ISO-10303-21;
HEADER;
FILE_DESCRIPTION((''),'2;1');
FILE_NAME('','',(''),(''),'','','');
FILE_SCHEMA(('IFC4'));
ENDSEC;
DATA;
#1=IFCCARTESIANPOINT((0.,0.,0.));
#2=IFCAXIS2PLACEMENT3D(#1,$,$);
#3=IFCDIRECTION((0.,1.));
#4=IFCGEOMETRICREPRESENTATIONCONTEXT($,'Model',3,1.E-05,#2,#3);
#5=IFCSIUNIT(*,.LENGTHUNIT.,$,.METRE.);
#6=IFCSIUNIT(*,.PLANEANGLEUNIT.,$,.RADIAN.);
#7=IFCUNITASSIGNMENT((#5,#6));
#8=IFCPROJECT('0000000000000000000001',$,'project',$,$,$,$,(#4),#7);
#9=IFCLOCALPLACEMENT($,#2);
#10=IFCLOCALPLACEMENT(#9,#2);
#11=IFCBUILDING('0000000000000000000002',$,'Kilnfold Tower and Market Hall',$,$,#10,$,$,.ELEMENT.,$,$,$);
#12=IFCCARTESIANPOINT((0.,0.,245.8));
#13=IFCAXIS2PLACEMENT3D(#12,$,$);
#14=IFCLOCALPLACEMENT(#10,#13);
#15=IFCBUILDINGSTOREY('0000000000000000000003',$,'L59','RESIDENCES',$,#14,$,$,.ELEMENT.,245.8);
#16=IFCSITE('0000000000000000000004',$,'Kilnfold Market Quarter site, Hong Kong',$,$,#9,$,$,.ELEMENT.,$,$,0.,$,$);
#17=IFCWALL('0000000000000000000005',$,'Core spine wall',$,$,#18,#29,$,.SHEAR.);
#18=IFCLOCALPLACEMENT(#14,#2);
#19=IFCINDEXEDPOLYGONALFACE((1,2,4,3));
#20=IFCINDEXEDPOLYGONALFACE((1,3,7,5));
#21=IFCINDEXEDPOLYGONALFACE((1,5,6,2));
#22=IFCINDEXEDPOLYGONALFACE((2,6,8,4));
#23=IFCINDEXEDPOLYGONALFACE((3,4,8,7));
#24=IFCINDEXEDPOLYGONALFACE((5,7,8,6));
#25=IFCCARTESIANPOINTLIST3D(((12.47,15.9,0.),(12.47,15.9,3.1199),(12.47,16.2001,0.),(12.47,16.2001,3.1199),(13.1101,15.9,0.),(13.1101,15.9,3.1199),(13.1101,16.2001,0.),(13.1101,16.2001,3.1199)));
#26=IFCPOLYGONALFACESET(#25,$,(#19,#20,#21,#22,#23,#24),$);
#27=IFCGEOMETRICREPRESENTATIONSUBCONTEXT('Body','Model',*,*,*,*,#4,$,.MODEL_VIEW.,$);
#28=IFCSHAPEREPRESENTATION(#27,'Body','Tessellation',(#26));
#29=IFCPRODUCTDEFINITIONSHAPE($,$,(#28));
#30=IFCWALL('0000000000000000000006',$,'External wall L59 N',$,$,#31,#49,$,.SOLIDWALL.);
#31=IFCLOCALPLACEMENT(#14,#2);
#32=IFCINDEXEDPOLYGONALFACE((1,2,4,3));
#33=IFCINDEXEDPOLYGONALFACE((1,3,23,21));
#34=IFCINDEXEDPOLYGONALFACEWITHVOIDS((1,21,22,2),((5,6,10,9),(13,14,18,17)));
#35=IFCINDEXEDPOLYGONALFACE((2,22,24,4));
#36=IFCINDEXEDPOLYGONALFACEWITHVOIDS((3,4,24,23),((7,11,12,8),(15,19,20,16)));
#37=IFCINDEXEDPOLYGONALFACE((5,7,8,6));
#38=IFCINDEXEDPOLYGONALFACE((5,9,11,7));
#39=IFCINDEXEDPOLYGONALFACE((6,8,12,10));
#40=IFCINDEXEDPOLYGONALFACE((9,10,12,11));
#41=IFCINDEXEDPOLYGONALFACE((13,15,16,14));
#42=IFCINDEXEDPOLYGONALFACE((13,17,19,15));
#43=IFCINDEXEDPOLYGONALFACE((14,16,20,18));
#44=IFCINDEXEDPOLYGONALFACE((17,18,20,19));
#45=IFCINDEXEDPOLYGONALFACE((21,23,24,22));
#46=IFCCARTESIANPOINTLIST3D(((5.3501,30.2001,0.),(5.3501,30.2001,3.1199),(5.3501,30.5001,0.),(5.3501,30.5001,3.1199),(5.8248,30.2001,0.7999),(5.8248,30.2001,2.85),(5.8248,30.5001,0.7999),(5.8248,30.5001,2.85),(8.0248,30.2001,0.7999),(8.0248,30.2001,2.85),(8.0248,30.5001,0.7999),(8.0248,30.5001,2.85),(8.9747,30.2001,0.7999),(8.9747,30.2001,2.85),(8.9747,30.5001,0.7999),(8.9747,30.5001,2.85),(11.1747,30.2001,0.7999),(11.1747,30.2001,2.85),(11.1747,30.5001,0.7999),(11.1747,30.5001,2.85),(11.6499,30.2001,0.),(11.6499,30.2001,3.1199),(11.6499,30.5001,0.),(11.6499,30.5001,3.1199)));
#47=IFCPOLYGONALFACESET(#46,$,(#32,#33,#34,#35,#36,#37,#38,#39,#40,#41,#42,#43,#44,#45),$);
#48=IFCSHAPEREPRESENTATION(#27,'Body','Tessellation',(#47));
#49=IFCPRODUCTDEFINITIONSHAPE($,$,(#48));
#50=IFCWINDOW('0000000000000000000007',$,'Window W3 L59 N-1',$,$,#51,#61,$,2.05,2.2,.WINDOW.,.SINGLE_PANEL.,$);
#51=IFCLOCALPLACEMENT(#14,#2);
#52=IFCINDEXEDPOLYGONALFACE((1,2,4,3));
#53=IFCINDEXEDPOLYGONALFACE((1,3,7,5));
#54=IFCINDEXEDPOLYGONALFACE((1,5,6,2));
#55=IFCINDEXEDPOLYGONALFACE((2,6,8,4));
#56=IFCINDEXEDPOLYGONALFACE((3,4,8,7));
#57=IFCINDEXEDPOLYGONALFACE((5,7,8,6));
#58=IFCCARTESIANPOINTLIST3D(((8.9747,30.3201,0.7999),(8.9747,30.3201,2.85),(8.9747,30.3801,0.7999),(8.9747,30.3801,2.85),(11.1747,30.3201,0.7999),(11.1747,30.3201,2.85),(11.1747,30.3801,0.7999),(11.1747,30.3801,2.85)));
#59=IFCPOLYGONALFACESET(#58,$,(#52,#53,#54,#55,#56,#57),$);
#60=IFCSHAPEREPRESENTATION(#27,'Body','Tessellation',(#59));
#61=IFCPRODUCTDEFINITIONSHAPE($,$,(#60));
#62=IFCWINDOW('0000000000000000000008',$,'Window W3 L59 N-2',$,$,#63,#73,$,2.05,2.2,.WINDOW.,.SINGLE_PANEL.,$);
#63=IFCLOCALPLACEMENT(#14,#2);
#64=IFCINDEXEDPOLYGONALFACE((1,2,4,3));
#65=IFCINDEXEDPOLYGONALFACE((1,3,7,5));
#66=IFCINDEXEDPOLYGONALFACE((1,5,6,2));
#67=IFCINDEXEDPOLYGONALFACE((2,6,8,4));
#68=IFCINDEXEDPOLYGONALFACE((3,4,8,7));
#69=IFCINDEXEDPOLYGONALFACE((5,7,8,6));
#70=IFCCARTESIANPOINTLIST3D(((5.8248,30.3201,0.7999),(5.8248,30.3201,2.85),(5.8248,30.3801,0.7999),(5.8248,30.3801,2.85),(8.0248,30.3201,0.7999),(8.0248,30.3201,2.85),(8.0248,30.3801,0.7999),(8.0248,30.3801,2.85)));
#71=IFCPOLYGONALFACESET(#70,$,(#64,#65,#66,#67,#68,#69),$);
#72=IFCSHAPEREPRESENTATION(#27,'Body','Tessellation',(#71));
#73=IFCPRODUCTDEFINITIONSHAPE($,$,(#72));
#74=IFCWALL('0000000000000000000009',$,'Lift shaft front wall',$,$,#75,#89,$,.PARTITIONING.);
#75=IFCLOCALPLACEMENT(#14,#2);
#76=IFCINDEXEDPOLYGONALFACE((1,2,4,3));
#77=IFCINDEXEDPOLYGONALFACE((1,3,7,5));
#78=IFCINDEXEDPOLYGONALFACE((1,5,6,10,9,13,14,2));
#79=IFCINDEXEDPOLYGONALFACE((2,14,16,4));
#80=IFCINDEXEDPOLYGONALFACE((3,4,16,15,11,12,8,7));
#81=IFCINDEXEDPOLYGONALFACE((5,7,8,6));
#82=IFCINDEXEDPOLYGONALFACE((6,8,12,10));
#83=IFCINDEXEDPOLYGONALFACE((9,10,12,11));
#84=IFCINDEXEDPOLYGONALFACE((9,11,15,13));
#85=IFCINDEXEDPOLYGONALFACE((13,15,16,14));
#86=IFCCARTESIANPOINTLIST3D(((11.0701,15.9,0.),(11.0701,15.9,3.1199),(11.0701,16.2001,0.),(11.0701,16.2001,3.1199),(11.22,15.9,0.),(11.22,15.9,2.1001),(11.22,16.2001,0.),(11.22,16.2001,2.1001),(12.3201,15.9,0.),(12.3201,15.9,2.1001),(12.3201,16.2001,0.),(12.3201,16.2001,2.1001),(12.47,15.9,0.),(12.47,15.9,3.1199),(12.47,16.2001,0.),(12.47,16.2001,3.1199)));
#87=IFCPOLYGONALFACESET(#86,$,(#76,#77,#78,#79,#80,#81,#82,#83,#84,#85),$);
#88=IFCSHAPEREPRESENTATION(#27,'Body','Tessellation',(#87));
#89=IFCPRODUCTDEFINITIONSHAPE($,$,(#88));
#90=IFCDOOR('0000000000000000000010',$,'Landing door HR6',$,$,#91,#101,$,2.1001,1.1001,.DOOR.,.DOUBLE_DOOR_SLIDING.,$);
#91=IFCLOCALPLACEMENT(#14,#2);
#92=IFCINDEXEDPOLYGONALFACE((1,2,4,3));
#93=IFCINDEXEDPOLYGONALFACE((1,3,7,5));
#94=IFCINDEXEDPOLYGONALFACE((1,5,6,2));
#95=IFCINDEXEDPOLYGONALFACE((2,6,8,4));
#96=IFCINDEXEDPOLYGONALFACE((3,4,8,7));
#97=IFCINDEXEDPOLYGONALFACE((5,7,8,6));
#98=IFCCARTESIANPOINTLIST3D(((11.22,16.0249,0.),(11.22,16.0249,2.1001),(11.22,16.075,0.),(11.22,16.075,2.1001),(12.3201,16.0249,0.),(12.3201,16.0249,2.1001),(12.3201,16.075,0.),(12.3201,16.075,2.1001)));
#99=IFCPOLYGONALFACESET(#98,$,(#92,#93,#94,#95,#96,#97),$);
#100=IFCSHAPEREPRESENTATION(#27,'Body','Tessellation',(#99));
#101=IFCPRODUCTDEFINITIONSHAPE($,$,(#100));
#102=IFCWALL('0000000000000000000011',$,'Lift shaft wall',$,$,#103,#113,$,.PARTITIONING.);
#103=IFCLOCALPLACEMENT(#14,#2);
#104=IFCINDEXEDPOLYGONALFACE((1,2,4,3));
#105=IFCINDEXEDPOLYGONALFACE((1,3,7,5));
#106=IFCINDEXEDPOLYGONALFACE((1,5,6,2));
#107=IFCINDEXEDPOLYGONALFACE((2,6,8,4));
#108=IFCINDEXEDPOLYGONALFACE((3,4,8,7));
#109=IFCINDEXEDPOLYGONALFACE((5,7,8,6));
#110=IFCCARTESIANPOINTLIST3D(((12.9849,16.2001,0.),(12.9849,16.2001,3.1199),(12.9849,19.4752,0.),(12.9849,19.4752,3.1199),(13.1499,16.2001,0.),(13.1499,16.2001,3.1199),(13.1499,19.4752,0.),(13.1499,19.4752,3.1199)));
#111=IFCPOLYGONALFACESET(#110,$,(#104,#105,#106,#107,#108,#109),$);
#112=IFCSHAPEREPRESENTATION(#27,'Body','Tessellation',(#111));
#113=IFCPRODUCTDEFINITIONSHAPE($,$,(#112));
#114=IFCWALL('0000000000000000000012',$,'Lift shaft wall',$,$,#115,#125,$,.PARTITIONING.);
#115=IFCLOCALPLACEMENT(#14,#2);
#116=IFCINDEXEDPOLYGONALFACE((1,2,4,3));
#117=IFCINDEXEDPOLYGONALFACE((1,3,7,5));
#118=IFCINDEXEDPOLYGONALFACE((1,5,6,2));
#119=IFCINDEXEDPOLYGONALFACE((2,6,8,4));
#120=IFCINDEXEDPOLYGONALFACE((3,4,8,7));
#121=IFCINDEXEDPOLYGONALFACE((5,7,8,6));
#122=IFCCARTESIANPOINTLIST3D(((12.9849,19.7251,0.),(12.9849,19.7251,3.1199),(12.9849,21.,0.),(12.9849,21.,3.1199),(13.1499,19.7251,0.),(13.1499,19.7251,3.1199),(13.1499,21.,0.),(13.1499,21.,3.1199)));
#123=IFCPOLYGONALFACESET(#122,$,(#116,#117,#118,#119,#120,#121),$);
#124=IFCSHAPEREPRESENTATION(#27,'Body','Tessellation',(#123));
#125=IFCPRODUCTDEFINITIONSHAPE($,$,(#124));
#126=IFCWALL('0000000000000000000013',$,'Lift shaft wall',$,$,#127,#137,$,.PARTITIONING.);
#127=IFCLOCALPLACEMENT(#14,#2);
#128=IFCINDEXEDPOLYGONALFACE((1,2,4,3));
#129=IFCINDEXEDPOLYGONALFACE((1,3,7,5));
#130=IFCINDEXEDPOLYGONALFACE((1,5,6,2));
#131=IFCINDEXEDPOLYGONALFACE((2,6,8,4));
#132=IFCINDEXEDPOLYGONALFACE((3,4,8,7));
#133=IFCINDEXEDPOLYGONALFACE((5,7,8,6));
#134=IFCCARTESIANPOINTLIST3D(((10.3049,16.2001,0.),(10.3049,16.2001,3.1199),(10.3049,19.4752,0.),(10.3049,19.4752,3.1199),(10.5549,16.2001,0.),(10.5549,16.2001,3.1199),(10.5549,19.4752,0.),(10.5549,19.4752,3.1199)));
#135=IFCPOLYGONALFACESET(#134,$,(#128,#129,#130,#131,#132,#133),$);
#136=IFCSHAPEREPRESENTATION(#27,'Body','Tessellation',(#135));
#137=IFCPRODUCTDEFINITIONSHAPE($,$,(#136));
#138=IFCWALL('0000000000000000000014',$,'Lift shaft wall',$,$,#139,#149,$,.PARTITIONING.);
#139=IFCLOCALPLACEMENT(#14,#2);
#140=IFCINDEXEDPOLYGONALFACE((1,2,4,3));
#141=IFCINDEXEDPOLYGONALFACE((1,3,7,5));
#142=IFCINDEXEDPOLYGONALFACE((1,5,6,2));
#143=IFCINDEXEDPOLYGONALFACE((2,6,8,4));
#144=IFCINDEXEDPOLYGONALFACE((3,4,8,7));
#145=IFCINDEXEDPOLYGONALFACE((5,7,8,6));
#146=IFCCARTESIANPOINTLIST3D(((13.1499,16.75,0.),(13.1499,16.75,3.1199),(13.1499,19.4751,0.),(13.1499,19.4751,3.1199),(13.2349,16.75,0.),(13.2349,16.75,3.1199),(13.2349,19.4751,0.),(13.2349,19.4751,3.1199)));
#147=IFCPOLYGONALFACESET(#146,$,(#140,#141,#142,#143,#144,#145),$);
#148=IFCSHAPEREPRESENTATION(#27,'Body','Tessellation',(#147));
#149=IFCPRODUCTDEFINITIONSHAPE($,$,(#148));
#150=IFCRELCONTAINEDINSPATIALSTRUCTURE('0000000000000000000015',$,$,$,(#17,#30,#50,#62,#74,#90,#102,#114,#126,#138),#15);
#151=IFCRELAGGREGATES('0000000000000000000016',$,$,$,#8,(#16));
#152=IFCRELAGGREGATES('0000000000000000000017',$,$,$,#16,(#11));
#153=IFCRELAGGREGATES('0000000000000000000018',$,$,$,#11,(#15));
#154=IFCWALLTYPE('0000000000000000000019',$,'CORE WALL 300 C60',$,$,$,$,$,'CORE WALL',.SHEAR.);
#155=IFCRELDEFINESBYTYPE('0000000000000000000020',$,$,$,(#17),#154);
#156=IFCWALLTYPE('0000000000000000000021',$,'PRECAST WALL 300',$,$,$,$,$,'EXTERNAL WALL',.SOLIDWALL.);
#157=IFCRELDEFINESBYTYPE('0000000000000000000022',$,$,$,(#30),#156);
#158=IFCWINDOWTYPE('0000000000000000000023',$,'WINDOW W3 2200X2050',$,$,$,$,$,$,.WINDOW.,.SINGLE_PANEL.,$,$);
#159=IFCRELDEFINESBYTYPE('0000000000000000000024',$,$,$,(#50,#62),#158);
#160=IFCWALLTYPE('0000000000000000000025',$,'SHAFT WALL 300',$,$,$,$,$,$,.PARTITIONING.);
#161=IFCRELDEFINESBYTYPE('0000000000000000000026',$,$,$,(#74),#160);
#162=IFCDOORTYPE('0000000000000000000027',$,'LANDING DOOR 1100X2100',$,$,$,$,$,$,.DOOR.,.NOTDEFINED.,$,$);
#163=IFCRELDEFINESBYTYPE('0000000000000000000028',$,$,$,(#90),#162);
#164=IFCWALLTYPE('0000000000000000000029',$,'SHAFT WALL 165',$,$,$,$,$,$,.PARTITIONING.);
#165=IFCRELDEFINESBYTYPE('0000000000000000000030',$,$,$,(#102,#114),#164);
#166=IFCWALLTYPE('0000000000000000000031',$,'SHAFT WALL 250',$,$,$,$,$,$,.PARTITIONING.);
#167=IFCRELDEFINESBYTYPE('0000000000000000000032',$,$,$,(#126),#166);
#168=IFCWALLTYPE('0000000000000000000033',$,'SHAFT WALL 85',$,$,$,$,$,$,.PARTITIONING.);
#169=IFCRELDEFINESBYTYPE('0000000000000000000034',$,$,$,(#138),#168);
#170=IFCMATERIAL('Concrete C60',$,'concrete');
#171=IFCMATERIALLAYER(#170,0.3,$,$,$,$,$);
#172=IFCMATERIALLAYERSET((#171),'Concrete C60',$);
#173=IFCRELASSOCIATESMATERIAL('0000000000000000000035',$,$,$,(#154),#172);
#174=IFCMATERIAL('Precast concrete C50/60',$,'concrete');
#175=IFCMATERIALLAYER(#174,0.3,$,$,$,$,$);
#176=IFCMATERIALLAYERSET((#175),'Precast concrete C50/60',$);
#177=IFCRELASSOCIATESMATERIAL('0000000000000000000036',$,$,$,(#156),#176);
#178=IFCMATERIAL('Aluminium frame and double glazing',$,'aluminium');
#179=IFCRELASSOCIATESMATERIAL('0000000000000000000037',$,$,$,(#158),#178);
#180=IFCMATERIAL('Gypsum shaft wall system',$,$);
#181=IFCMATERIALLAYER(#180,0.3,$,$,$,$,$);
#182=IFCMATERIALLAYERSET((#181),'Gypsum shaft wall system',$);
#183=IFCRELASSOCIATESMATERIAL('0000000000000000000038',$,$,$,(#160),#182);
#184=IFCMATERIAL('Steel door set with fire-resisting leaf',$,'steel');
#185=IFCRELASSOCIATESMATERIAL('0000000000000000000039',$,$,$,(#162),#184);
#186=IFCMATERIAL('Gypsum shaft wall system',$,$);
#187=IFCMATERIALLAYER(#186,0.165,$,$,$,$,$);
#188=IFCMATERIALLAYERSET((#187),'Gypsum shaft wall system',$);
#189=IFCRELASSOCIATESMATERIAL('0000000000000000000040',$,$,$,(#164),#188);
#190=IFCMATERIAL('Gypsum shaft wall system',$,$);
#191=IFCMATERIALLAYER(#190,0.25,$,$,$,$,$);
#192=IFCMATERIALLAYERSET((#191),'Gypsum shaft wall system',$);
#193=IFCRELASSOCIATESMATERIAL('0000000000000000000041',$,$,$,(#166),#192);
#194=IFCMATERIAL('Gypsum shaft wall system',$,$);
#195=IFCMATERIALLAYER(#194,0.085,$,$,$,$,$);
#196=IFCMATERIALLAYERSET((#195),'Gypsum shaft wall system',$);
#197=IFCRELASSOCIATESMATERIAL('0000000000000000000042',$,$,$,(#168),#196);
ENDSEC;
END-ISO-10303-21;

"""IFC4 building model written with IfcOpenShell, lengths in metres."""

from ifc_helpers import new_model, si_unit, direction, frame, frame_2d, origin, place, context, subcontext, project, spatial, rectangle, extrude, source, transform, mapped, material, layer, layer_set, type_object, element, fill, save


model = new_model("IFC4")

# Units and contexts
model_context = context("Model", 3, precision=1e-05, world=origin(), true_north=direction((0.0, 1.0)))
body_context = subcontext(model_context, "Body", "Model", "MODEL_VIEW")
ifc_project = project(units=[si_unit("LENGTHUNIT", "METRE"), si_unit("PLANEANGLEUNIT", "RADIAN")], contexts=[model_context])

# Site, building, storey
site_placement = place(None, origin())
site = spatial("IfcSite", under=ifc_project, at=site_placement, Name="Kilnfold Market Quarter site, Hong Kong", CompositionType="ELEMENT", RefElevation=0.0)
building_placement = place(site_placement, origin())
building = spatial("IfcBuilding", under=site, at=building_placement, Name="Kilnfold Tower and Market Hall", CompositionType="ELEMENT")
storey_placement = place(building_placement, frame((0.0, 0.0, 245.8)))
storey = spatial("IfcBuildingStorey", under=building, at=storey_placement, Name="L59", Description="RESIDENCES", CompositionType="ELEMENT", Elevation=245.8)

# Wall
ifc_material_1 = material(Name="Concrete C60", Category="concrete")
ifc_layer_1 = layer(ifc_material_1, 0.3)
ifc_layer_set_1 = layer_set([ifc_layer_1], Name="Concrete C60")
wall_type_1 = type_object("IfcWallType", Name="CORE WALL 300 C60", ElementType="CORE WALL", PredefinedType="SHEAR", material=ifc_layer_set_1)
shared_shape_1 = source(origin(), body_context, "Body", "SweptSolid", [
    extrude(rectangle(XDim=0.6401, YDim=0.3, at=frame_2d((0.3201, 0.0))), origin(), (0.0, 0.0, 1.0), 3.1199),
])
wall_1_placement = place(storey_placement, frame((12.47, 16.05, 0.0), z_axis=(0.0, 0.0, 1.0), x_axis=(1.0, 0.0, 0.0)))
element("IfcWall", 1, at=wall_1_placement, inside=storey, type_object=wall_type_1, Name="Core spine wall", PredefinedType="SHEAR", context=body_context, shape_type="MappedRepresentation", body=[
    mapped(shared_shape_1, transform((0.0, 0.0, 0.0))),
])

# Wall, openings, windows
ifc_material_2 = material(Name="Precast concrete C50/60", Category="concrete")
ifc_layer_2 = layer(ifc_material_2, 0.3)
ifc_layer_set_2 = layer_set([ifc_layer_2], Name="Precast concrete C50/60")
wall_type_2 = type_object("IfcWallType", Name="PRECAST WALL 300", ElementType="EXTERNAL WALL", PredefinedType="SOLIDWALL", material=ifc_layer_set_2)
shared_shape_2 = source(origin(), body_context, "Body", "SweptSolid", [
    extrude(rectangle(XDim=6.2998, YDim=0.3, at=frame_2d((3.1499, 0.0))), origin(), (0.0, 0.0, 1.0), 3.1199),
])
wall_2_placement = place(storey_placement, frame((11.6499, 30.3501, 0.0), z_axis=(0.0, 0.0, 1.0), x_axis=(-1.0, 0.0, 0.0)))
wall_2 = element("IfcWall", 2, at=wall_2_placement, inside=storey, type_object=wall_type_2, Name="External wall L59 N", PredefinedType="SOLIDWALL", context=body_context, shape_type="MappedRepresentation", body=[
    mapped(shared_shape_2, transform((0.0, 0.0, 0.0))),
])
opening_1_placement = place(wall_2_placement, frame((0.4751, 0.0, 0.8)))
opening_1 = element("IfcOpeningElement", 3, at=opening_1_placement, cuts=wall_2, PredefinedType="OPENING", context=body_context, shape_type="SweptSolid", body=[
    extrude(rectangle(XDim=2.2, YDim=2.05, at=frame_2d((1.1001, 1.0249))), frame((0.0, 0.1602, 0.0), z_axis=(0.0, -1.0, 0.0), x_axis=(1.0, 0.0, 0.0)), (0.0, 0.0, 1.0), 0.3201),
])
opening_2_placement = place(wall_2_placement, frame((3.625, 0.0, 0.8)))
opening_2 = element("IfcOpeningElement", 4, at=opening_2_placement, cuts=wall_2, PredefinedType="OPENING", context=body_context, shape_type="SweptSolid", body=[
    extrude(rectangle(XDim=2.2, YDim=2.05, at=frame_2d((1.1001, 1.0249))), frame((0.0, 0.1602, 0.0), z_axis=(0.0, -1.0, 0.0), x_axis=(1.0, 0.0, 0.0)), (0.0, 0.0, 1.0), 0.3201),
])
ifc_material_3 = material(Name="Aluminium frame and double glazing", Category="aluminium")
window_type = type_object("IfcWindowType", Name="WINDOW W3 2200X2050", PartitioningType="SINGLE_PANEL", PredefinedType="WINDOW", material=ifc_material_3)
window_1_placement = place(opening_1_placement, origin())
window_1 = element("IfcWindow", 5, at=window_1_placement, inside=storey, type_object=window_type, Name="Window W3 L59 N-1", OverallHeight=2.05, OverallWidth=2.2, PartitioningType="SINGLE_PANEL", PredefinedType="WINDOW", context=body_context, shape_type="SweptSolid", body=[
    extrude(rectangle(XDim=2.2, YDim=2.05, at=frame_2d((1.1001, 1.0249))), frame((0.0, 0.03, 0.0), z_axis=(0.0, -1.0, 0.0), x_axis=(1.0, 0.0, 0.0)), (0.0, 0.0, 1.0), 0.0601),
])
fill(opening_1, window_1)
window_2_placement = place(opening_2_placement, origin())
window_2 = element("IfcWindow", 6, at=window_2_placement, inside=storey, type_object=window_type, Name="Window W3 L59 N-2", OverallHeight=2.05, OverallWidth=2.2, PartitioningType="SINGLE_PANEL", PredefinedType="WINDOW", context=body_context, shape_type="SweptSolid", body=[
    extrude(rectangle(XDim=2.2, YDim=2.05, at=frame_2d((1.1001, 1.0249))), frame((0.0, 0.03, 0.0), z_axis=(0.0, -1.0, 0.0), x_axis=(1.0, 0.0, 0.0)), (0.0, 0.0, 1.0), 0.0601),
])
fill(opening_2, window_2)

# Wall, opening, door
ifc_material_4 = material(Name="Gypsum shaft wall system")
ifc_layer_3 = layer(ifc_material_4, 0.3)
ifc_layer_set_3 = layer_set([ifc_layer_3], Name="Gypsum shaft wall system")
wall_type_3 = type_object("IfcWallType", Name="SHAFT WALL 300", PredefinedType="PARTITIONING", material=ifc_layer_set_3)
shared_shape_3 = source(origin(), body_context, "Body", "SweptSolid", [
    extrude(rectangle(XDim=1.3999, YDim=0.3, at=frame_2d((0.7, 0.0))), origin(), (0.0, 0.0, 1.0), 3.1199),
])
wall_3_placement = place(storey_placement, frame((11.0701, 16.05, 0.0), z_axis=(0.0, 0.0, 1.0), x_axis=(1.0, 0.0, 0.0)))
wall_3 = element("IfcWall", 7, at=wall_3_placement, inside=storey, type_object=wall_type_3, Name="Lift shaft front wall", PredefinedType="PARTITIONING", context=body_context, shape_type="MappedRepresentation", body=[
    mapped(shared_shape_3, transform((0.0, 0.0, 0.0))),
])
opening_3_placement = place(wall_3_placement, frame((0.1499, 0.0, 0.0)))
opening_3 = element("IfcOpeningElement", 8, at=opening_3_placement, cuts=wall_3, PredefinedType="OPENING", context=body_context, shape_type="SweptSolid", body=[
    extrude(rectangle(XDim=1.1001, YDim=2.1001, at=frame_2d((0.55, 1.05))), frame((0.0, 0.1602, 0.0), z_axis=(0.0, -1.0, 0.0), x_axis=(1.0, 0.0, 0.0)), (0.0, 0.0, 1.0), 0.3201),
])
ifc_material_5 = material(Name="Steel door set with fire-resisting leaf", Category="steel")
door_type_1 = type_object("IfcDoorType", Name="LANDING DOOR 1100X2100", OperationType="NOTDEFINED", PredefinedType="DOOR", material=ifc_material_5)
door_1_placement = place(opening_3_placement, origin())
door_1 = element("IfcDoor", 9, at=door_1_placement, inside=storey, type_object=door_type_1, Name="Landing door HR6", OperationType="DOUBLE_DOOR_SLIDING", OverallHeight=2.1001, OverallWidth=1.1001, PredefinedType="DOOR", context=body_context, shape_type="SweptSolid", body=[
    extrude(rectangle(XDim=1.1001, YDim=2.1001, at=frame_2d((0.55, 1.05))), frame((0.0, 0.0249, 0.0), z_axis=(0.0, -1.0, 0.0), x_axis=(1.0, 0.0, 0.0)), (0.0, 0.0, 1.0), 0.05),
])
fill(opening_3, door_1)

# Walls
ifc_material_6 = material(Name="Gypsum shaft wall system")
ifc_layer_4 = layer(ifc_material_6, 0.165)
ifc_layer_set_4 = layer_set([ifc_layer_4], Name="Gypsum shaft wall system")
wall_type_4 = type_object("IfcWallType", Name="SHAFT WALL 165", PredefinedType="PARTITIONING", material=ifc_layer_set_4)
shared_shape_4 = source(origin(), body_context, "Body", "SweptSolid", [
    extrude(rectangle(XDim=3.2751, YDim=0.165, at=frame_2d((1.6377, 0.0))), origin(), (0.0, 0.0, 1.0), 3.1199),
])
wall_4_placement = place(storey_placement, frame((13.0674, 16.2, 0.0), z_axis=(0.0, 0.0, 1.0), x_axis=(0.0, 1.0, 0.0)))
element("IfcWall", 10, at=wall_4_placement, inside=storey, type_object=wall_type_4, Name="Lift shaft wall", PredefinedType="PARTITIONING", context=body_context, shape_type="MappedRepresentation", body=[
    mapped(shared_shape_4, transform((0.0, 0.0, 0.0))),
])
shared_shape_5 = source(origin(), body_context, "Body", "SweptSolid", [
    extrude(rectangle(XDim=1.2749, YDim=0.165, at=frame_2d((0.6375, 0.0))), origin(), (0.0, 0.0, 1.0), 3.1199),
])
wall_5_placement = place(storey_placement, frame((13.0674, 19.7251, 0.0), z_axis=(0.0, 0.0, 1.0), x_axis=(0.0, 1.0, 0.0)))
element("IfcWall", 11, at=wall_5_placement, inside=storey, type_object=wall_type_4, Name="Lift shaft wall", PredefinedType="PARTITIONING", context=body_context, shape_type="MappedRepresentation", body=[
    mapped(shared_shape_5, transform((0.0, 0.0, 0.0))),
])
ifc_material_7 = material(Name="Gypsum shaft wall system")
ifc_layer_5 = layer(ifc_material_7, 0.25)
ifc_layer_set_5 = layer_set([ifc_layer_5], Name="Gypsum shaft wall system")
wall_type_5 = type_object("IfcWallType", Name="SHAFT WALL 250", PredefinedType="PARTITIONING", material=ifc_layer_set_5)
shared_shape_6 = source(origin(), body_context, "Body", "SweptSolid", [
    extrude(rectangle(XDim=3.2751, YDim=0.25, at=frame_2d((1.6377, 0.0))), origin(), (0.0, 0.0, 1.0), 3.1199),
])
wall_6_placement = place(storey_placement, frame((10.4299, 16.2, 0.0), z_axis=(0.0, 0.0, 1.0), x_axis=(0.0, 1.0, 0.0)))
element("IfcWall", 12, at=wall_6_placement, inside=storey, type_object=wall_type_5, Name="Lift shaft wall", PredefinedType="PARTITIONING", context=body_context, shape_type="MappedRepresentation", body=[
    mapped(shared_shape_6, transform((0.0, 0.0, 0.0))),
])
ifc_material_8 = material(Name="Gypsum shaft wall system")
ifc_layer_6 = layer(ifc_material_8, 0.085)
ifc_layer_set_6 = layer_set([ifc_layer_6], Name="Gypsum shaft wall system")
wall_type_6 = type_object("IfcWallType", Name="SHAFT WALL 85", PredefinedType="PARTITIONING", material=ifc_layer_set_6)
shared_shape_7 = source(origin(), body_context, "Body", "SweptSolid", [
    extrude(rectangle(XDim=2.7251, YDim=0.085, at=frame_2d((1.3625, 0.0))), origin(), (0.0, 0.0, 1.0), 3.1199),
])
wall_7_placement = place(storey_placement, frame((13.1924, 16.75, 0.0), z_axis=(0.0, 0.0, 1.0), x_axis=(0.0, 1.0, 0.0)))
element("IfcWall", 13, at=wall_7_placement, inside=storey, type_object=wall_type_6, Name="Lift shaft wall", PredefinedType="PARTITIONING", context=body_context, shape_type="MappedRepresentation", body=[
    mapped(shared_shape_7, transform((0.0, 0.0, 0.0))),
])

save(model, "model.ifc")
